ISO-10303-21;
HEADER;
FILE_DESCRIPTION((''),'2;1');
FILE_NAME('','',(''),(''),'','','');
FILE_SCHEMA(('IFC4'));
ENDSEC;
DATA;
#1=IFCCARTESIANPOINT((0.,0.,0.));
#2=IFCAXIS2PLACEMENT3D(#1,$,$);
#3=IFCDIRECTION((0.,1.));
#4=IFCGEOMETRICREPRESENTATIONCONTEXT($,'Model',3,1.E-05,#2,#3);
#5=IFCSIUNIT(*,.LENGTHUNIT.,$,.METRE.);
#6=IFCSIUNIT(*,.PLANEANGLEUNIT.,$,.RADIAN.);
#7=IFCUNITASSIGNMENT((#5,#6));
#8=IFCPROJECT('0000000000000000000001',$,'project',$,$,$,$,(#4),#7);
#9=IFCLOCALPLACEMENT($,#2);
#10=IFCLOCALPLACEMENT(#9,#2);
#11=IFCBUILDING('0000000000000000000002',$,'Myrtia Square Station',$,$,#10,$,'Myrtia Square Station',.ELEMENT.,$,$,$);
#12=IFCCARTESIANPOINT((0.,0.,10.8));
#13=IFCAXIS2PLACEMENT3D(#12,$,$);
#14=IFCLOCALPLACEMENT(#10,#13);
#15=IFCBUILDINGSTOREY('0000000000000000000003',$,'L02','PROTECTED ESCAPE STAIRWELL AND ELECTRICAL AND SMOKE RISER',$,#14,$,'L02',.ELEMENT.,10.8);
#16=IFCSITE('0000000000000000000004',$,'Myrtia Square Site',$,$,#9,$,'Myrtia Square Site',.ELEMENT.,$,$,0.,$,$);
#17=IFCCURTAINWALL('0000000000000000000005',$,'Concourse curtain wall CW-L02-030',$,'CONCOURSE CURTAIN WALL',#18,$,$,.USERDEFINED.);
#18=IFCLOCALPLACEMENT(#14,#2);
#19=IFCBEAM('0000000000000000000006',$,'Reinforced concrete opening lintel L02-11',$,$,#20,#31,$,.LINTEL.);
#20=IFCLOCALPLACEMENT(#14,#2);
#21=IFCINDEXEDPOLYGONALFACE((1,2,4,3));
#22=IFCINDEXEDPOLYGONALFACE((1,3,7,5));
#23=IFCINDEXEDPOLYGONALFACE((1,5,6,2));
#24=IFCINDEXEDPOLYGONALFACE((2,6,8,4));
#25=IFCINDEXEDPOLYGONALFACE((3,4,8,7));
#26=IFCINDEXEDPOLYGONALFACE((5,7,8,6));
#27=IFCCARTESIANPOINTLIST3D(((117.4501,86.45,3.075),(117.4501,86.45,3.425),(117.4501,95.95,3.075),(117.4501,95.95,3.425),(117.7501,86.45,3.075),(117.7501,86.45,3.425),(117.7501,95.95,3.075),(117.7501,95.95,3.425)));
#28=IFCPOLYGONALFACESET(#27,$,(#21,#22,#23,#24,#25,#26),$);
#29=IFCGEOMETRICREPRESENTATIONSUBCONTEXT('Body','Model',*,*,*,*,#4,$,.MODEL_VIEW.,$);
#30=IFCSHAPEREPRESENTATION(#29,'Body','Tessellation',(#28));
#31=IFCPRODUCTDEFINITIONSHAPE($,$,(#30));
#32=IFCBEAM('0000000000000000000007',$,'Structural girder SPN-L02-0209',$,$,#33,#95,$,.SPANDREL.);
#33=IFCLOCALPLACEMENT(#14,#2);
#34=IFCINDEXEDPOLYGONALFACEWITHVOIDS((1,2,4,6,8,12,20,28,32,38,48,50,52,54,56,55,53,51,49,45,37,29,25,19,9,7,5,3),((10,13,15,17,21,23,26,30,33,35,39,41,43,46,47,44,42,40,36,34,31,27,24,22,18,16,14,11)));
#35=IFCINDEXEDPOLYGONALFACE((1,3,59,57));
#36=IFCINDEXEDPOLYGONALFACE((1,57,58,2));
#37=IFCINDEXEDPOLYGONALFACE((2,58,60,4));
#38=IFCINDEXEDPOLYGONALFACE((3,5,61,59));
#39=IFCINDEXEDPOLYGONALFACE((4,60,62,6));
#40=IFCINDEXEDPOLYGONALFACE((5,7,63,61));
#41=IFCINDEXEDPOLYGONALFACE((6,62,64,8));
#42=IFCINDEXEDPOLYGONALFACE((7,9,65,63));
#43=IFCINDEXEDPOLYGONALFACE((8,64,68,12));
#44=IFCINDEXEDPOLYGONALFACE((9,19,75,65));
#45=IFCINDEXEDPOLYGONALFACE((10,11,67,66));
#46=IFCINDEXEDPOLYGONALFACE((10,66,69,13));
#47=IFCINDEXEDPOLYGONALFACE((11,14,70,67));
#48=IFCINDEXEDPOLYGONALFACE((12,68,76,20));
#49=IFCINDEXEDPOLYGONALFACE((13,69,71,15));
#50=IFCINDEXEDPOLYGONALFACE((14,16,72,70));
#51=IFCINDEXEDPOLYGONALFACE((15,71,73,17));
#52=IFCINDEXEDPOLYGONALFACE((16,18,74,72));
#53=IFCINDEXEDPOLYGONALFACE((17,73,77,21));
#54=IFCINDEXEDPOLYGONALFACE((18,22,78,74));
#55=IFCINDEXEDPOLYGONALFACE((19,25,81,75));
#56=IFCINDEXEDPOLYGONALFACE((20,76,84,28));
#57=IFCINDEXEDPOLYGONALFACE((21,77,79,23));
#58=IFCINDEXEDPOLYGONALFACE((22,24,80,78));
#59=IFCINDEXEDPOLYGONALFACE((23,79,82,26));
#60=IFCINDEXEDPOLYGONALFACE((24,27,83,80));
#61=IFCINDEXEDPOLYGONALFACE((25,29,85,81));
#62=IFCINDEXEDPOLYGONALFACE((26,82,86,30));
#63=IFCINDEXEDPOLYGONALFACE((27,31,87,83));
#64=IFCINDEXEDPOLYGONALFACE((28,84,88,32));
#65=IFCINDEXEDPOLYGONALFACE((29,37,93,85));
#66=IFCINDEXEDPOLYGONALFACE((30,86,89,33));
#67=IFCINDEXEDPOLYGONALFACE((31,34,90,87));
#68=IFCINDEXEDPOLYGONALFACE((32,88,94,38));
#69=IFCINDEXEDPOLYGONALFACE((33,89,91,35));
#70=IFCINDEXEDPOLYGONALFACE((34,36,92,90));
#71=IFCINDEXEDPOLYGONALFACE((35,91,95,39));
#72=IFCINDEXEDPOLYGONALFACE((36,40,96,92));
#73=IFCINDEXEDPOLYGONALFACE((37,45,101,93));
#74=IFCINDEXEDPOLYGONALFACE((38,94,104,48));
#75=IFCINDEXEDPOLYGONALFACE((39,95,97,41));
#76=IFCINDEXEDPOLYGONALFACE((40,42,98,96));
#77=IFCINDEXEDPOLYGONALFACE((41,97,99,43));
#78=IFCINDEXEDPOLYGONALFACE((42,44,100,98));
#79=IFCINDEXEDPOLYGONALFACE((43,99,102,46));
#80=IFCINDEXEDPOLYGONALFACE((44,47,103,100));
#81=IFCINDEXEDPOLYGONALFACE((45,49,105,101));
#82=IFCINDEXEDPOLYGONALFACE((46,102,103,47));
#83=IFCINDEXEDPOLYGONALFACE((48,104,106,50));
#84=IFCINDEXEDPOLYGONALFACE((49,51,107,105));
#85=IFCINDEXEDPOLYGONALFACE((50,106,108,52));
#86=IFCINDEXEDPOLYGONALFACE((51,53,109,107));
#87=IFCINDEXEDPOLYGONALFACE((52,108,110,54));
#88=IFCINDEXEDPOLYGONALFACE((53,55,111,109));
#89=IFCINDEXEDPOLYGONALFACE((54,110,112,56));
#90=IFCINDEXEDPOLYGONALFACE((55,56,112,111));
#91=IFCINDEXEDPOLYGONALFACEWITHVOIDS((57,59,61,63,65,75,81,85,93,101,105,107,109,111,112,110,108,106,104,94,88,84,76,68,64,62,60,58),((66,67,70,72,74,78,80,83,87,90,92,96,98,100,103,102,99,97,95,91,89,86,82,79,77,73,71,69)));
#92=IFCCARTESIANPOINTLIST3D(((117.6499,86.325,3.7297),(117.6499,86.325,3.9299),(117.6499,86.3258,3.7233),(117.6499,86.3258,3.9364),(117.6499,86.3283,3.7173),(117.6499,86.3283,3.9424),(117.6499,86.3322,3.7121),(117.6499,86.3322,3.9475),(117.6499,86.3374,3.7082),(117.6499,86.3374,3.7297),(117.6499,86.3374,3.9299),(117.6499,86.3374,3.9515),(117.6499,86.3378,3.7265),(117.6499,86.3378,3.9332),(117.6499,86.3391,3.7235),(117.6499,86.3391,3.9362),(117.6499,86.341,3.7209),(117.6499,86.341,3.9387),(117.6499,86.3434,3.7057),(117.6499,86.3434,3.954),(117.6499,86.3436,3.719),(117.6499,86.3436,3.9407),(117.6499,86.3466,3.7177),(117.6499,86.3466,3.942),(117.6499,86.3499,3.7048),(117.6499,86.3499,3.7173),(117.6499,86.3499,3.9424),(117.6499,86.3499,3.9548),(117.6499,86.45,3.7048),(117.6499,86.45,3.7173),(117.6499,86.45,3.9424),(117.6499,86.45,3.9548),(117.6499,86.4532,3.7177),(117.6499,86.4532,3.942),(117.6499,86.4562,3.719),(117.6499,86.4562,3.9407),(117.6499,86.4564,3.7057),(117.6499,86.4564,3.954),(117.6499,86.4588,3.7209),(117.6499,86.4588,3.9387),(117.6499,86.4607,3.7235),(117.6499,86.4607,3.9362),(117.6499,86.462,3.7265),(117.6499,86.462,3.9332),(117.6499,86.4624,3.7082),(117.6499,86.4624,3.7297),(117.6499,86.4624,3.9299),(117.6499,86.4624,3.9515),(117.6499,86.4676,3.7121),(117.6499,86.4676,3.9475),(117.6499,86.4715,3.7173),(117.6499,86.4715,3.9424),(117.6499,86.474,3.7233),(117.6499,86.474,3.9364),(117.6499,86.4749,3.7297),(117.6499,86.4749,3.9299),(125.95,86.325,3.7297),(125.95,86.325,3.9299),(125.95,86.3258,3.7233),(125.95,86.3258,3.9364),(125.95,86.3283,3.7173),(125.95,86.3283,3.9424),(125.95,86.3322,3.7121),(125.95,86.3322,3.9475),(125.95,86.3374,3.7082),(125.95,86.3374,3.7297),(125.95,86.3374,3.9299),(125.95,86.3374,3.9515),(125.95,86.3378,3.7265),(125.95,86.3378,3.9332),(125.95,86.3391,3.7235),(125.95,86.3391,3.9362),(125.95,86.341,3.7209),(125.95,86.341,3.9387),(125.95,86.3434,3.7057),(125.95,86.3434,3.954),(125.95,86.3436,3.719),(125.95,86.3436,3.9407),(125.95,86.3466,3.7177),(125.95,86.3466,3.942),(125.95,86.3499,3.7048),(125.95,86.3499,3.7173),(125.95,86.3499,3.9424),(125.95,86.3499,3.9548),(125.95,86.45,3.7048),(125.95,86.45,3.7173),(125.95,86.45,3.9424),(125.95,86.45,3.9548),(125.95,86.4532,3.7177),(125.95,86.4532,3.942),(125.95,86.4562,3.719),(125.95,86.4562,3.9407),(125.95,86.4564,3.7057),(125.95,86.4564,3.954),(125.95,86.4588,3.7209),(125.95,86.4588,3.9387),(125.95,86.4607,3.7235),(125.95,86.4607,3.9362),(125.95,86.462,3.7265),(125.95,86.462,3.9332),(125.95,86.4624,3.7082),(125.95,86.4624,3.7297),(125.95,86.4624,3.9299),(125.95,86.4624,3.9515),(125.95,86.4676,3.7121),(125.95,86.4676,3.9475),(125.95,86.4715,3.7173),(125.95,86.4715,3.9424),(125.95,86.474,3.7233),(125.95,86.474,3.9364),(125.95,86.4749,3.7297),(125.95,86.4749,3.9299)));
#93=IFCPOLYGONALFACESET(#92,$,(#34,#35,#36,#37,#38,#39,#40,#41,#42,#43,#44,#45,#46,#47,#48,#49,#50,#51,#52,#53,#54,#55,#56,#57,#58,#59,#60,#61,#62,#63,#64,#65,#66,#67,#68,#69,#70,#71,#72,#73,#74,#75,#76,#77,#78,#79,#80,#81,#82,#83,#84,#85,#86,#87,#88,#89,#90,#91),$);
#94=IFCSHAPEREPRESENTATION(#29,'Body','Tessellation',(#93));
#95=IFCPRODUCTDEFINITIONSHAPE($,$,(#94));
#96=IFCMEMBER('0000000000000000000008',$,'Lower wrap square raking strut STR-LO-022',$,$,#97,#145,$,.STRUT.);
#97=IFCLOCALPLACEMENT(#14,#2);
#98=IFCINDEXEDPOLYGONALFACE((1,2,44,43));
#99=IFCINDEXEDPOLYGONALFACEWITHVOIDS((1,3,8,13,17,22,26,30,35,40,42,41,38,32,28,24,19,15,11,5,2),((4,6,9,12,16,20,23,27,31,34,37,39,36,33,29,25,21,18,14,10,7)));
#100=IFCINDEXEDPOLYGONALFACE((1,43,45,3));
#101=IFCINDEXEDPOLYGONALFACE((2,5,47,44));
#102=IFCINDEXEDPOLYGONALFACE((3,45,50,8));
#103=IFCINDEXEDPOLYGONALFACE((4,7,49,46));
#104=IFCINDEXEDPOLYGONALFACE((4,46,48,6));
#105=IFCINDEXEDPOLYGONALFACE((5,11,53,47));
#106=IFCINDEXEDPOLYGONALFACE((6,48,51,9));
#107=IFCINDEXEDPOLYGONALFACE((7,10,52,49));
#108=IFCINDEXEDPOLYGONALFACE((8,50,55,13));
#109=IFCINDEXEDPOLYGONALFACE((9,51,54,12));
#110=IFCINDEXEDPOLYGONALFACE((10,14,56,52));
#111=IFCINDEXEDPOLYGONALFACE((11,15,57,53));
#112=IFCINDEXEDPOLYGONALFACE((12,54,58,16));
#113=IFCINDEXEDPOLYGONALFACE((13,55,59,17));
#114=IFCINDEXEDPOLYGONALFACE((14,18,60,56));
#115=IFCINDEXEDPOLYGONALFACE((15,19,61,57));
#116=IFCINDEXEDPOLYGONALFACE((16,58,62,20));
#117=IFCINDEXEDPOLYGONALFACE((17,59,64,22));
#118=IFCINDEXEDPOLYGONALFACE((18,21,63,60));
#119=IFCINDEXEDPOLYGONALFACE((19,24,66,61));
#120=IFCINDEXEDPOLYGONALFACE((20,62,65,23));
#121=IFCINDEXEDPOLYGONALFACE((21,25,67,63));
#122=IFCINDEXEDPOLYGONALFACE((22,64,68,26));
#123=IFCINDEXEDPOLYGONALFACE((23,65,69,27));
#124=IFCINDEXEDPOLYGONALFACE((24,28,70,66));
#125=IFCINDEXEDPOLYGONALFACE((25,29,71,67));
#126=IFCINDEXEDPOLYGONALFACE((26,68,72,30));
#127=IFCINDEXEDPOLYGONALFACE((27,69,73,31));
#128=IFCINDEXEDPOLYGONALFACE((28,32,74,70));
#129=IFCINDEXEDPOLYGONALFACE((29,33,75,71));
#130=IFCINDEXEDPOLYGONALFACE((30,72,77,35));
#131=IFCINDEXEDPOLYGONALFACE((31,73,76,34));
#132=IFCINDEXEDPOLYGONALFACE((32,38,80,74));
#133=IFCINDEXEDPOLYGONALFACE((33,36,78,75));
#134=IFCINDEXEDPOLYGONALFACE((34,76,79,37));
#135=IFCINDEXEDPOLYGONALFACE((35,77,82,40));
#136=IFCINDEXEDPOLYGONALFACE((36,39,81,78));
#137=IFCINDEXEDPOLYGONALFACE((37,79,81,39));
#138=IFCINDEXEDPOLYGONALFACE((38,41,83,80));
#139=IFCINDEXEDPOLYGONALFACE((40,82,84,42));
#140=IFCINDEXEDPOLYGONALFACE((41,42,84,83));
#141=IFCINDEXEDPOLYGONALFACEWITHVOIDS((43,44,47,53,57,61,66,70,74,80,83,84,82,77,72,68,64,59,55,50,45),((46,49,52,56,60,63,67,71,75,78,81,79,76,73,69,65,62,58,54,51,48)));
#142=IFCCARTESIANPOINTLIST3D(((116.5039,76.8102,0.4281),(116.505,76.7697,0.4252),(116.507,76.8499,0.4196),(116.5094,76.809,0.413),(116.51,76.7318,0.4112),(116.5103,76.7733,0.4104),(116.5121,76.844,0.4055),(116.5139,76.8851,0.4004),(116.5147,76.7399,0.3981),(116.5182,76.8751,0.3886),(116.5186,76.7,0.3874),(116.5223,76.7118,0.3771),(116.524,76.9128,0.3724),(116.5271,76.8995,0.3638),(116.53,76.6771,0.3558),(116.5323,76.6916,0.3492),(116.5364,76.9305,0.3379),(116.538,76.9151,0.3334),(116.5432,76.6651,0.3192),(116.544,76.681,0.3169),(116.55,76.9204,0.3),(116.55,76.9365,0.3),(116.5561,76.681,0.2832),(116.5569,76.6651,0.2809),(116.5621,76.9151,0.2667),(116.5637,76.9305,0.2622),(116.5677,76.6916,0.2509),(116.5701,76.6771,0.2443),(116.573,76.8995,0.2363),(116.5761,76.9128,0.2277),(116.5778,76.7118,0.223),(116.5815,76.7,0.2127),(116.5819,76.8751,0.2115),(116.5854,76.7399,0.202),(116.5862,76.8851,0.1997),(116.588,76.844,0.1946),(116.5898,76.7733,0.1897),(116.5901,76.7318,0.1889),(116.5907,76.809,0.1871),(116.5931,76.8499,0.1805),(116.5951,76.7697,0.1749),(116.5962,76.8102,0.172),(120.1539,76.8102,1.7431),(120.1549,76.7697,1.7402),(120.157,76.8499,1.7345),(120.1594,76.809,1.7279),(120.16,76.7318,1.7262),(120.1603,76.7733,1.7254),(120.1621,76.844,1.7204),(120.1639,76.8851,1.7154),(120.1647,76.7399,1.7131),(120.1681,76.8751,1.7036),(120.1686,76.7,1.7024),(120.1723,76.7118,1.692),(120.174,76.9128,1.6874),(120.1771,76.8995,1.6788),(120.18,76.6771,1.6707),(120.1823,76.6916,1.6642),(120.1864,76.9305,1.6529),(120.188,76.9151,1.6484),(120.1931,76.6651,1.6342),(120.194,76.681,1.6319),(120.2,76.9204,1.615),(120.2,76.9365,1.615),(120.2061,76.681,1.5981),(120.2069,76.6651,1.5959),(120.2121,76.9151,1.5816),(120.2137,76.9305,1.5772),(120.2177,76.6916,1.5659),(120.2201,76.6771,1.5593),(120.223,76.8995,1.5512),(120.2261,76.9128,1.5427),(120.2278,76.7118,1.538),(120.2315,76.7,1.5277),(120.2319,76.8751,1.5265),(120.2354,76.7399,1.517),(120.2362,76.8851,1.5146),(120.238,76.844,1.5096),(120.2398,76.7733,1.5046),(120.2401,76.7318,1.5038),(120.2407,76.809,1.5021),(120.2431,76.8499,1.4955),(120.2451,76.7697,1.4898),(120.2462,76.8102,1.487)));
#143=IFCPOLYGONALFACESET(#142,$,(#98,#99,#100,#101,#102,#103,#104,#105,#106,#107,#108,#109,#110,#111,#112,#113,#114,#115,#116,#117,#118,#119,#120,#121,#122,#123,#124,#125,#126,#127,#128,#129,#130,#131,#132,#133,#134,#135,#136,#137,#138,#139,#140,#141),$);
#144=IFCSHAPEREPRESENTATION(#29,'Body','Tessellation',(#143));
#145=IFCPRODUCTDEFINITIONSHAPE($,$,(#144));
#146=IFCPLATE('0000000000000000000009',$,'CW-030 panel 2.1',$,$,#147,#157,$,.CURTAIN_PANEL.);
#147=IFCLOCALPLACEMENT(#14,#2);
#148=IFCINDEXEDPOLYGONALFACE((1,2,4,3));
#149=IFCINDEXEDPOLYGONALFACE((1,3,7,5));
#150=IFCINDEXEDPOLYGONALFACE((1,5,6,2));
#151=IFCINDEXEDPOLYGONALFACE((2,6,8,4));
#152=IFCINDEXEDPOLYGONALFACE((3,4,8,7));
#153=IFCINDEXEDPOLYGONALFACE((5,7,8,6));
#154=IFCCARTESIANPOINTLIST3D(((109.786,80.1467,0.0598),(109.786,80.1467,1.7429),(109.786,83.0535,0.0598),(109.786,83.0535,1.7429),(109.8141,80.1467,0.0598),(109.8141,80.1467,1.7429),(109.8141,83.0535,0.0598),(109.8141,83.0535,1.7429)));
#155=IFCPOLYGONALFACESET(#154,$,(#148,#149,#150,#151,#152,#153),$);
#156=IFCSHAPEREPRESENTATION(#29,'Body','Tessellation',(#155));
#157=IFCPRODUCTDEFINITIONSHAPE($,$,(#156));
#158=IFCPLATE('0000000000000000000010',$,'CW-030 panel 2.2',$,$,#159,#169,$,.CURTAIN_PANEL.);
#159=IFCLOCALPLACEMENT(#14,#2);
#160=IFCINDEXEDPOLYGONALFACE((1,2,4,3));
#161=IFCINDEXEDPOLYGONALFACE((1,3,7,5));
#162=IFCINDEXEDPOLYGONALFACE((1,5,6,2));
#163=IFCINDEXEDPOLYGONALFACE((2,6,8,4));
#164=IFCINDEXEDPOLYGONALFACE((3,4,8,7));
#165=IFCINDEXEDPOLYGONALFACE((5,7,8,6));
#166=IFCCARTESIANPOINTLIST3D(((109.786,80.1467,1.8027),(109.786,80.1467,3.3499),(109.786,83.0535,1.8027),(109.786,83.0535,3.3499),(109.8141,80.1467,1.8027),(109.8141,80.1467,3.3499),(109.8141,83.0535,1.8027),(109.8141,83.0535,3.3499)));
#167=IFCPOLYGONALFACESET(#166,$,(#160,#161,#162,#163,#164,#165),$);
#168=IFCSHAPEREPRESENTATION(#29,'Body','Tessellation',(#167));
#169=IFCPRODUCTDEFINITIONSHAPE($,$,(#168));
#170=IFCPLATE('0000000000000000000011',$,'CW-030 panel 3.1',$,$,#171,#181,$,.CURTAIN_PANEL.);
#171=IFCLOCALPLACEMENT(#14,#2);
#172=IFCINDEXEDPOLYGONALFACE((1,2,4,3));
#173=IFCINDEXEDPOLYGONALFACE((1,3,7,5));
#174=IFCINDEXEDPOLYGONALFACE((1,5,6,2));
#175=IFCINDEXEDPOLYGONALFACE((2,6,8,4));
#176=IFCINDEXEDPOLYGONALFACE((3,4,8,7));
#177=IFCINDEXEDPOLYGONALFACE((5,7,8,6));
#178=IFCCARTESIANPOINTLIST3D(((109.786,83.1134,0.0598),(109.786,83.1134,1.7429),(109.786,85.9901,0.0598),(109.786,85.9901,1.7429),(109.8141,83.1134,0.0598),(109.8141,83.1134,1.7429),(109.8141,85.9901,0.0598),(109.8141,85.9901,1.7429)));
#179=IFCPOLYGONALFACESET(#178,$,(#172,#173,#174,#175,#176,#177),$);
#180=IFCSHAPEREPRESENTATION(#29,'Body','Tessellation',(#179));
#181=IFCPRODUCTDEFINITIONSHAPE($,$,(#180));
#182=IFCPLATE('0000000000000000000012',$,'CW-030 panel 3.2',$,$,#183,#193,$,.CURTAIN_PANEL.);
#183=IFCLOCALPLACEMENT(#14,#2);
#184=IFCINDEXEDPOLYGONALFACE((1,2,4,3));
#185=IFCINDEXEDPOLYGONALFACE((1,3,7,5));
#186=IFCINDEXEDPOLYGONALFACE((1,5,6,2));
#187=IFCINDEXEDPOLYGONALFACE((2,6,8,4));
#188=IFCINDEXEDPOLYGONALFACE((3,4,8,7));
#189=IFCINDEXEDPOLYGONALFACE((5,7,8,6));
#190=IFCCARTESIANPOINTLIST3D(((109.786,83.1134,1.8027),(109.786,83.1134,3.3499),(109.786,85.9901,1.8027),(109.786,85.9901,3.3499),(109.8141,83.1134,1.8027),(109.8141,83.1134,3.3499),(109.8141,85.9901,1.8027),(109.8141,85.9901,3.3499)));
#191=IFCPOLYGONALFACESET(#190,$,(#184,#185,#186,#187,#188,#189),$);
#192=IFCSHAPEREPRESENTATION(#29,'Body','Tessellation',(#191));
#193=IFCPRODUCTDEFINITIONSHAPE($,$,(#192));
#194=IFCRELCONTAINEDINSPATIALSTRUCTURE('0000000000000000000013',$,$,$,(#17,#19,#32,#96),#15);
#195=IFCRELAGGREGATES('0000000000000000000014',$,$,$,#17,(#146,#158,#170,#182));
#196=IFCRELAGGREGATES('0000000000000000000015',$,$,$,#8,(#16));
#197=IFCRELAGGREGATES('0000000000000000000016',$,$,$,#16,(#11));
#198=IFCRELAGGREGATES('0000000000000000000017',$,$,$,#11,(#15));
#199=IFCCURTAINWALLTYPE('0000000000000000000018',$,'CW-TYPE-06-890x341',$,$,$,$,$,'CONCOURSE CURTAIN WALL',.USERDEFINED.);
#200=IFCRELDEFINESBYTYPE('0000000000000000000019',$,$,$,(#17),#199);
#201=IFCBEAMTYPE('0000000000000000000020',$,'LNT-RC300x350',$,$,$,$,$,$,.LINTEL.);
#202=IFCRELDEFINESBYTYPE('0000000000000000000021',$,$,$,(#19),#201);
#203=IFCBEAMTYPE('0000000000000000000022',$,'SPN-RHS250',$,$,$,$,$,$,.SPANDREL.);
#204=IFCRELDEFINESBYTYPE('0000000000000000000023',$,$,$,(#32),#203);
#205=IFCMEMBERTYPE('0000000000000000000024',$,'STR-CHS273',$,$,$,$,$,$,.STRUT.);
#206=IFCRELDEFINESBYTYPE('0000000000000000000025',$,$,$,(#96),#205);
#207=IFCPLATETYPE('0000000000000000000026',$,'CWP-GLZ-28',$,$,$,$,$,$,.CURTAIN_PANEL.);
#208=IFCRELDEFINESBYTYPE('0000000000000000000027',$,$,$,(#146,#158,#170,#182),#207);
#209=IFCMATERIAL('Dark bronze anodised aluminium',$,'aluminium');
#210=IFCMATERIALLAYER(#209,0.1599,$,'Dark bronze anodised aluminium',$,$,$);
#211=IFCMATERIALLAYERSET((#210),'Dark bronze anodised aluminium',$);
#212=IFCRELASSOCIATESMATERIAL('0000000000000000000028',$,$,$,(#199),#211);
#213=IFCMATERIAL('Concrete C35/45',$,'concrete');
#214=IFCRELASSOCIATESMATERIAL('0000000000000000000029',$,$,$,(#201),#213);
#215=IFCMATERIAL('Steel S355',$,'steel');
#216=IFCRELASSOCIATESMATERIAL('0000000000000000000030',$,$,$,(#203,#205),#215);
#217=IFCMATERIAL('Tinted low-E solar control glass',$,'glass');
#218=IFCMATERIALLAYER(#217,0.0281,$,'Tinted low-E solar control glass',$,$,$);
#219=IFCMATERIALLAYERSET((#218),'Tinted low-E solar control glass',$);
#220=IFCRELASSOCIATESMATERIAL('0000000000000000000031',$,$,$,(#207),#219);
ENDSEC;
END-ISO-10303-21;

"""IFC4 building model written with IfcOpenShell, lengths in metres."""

from ifc_helpers import new_model, si_unit, direction, frame, origin, origin_2d, place, context, subcontext, project, spatial, rectangle, hollow_rectangle, hollow_circle, extrude, material, layer, layer_set, material_profile, profile_set, type_object, element, aggregate, save


model = new_model("IFC4")

# Units and contexts
model_context = context("Model", 3, precision=1e-05, world=origin(), true_north=direction((0.0, 1.0)))
body_context = subcontext(model_context, "Body", "Model", "MODEL_VIEW")
ifc_project = project(units=[si_unit("LENGTHUNIT", "METRE"), si_unit("PLANEANGLEUNIT", "RADIAN")], contexts=[model_context])

# Site, building, storey
site_placement = place(None, origin())
site = spatial("IfcSite", under=ifc_project, at=site_placement, Name="Myrtia Square Site", LongName="Myrtia Square Site", CompositionType="ELEMENT", RefElevation=0.0)
building_placement = place(site_placement, origin())
building = spatial("IfcBuilding", under=site, at=building_placement, Name="Myrtia Square Station", LongName="Myrtia Square Station", CompositionType="ELEMENT")
storey_placement = place(building_placement, frame((0.0, 0.0, 10.8)))
storey = spatial("IfcBuildingStorey", under=building, at=storey_placement, Name="L02", Description="PROTECTED ESCAPE STAIRWELL AND ELECTRICAL AND SMOKE RISER", LongName="L02", CompositionType="ELEMENT", Elevation=10.8)

# Shared definitions
ifc_material_1 = material(Name="Steel S355", Category="steel")

# Curtain wall
ifc_material_2 = material(Name="Dark bronze anodised aluminium", Category="aluminium")
ifc_layer_1 = layer(ifc_material_2, 0.1599, Name="Dark bronze anodised aluminium")
ifc_layer_set_1 = layer_set([ifc_layer_1], Name="Dark bronze anodised aluminium")
curtain_wall_type = type_object("IfcCurtainWallType", Name="CW-TYPE-06-890x341", ElementType="CONCOURSE CURTAIN WALL", PredefinedType="USERDEFINED", material=ifc_layer_set_1)
curtain_wall_placement = place(storey_placement, origin())
curtain_wall = element("IfcCurtainWall", 1, at=curtain_wall_placement, inside=storey, type_object=curtain_wall_type, Name="Concourse curtain wall CW-L02-030", ObjectType="CONCOURSE CURTAIN WALL", PredefinedType="USERDEFINED")

# Beams
ifc_material_3 = material(Name="Concrete C35/45", Category="concrete")
ifc_material_profile_1 = material_profile(ifc_material_3, rectangle(XDim=0.3, YDim=0.3501, at=origin_2d()), Name="LNT 300x350")
ifc_profile_set_1 = profile_set([ifc_material_profile_1], Name="Concrete C35/45")
beam_type_1 = type_object("IfcBeamType", Name="LNT-RC300x350", PredefinedType="LINTEL", material=ifc_profile_set_1)
beam_1_placement = place(storey_placement, frame((117.6001, 86.45, 3.25), z_axis=(0.0, 1.0, 0.0), x_axis=(-1.0, 0.0, 0.0)))
element("IfcBeam", 2, at=beam_1_placement, inside=storey, type_object=beam_type_1, Name="Reinforced concrete opening lintel L02-11", PredefinedType="LINTEL", context=body_context, shape_type="SweptSolid", body=[
    extrude(rectangle(XDim=0.3, YDim=0.3501, at=origin_2d()), origin(), (0.0, 0.0, 1.0), 9.5),
])
ifc_material_profile_2 = material_profile(ifc_material_1, hollow_rectangle(XDim=0.1499, YDim=0.25, WallThickness=0.0125, InnerFilletRadius=0.0125, OuterFilletRadius=0.0249, at=origin_2d()), Name="RHS 250x150x12.5")
ifc_profile_set_2 = profile_set([ifc_material_profile_2], Name="Steel S355")
beam_type_2 = type_object("IfcBeamType", Name="SPN-RHS250", PredefinedType="SPANDREL", material=ifc_profile_set_2)
beam_2_placement = place(storey_placement, frame((117.6499, 86.3999, 3.8298), z_axis=(1.0, 0.0, 0.0), x_axis=(0.0, 1.0, 0.0)))
element("IfcBeam", 3, at=beam_2_placement, inside=storey, type_object=beam_type_2, Name="Structural girder SPN-L02-0209", PredefinedType="SPANDREL", context=body_context, shape_type="SweptSolid", body=[
    extrude(hollow_rectangle(XDim=0.1499, YDim=0.25, WallThickness=0.0125, InnerFilletRadius=0.0125, OuterFilletRadius=0.0249, at=origin_2d()), origin(), (0.0, 0.0, 1.0), 8.3),
])

# Member
ifc_material_profile_3 = material_profile(ifc_material_1, hollow_circle(Radius=0.1365, WallThickness=0.0161, at=origin_2d()), Name="CHS 273x16")
ifc_profile_set_3 = profile_set([ifc_material_profile_3], Name="Steel S355")
member_type_1 = type_object("IfcMemberType", Name="STR-CHS273", PredefinedType="STRUT", material=ifc_profile_set_3)
member_1_placement = place(storey_placement, frame((116.55, 76.8, 0.3), z_axis=(0.940807, 0.0, 0.338942), x_axis=(0.0, 1.0, 0.0)))
element("IfcMember", 4, at=member_1_placement, inside=storey, type_object=member_type_1, Name="Lower wrap square raking strut STR-LO-022", PredefinedType="STRUT", context=body_context, shape_type="SweptSolid", body=[
    extrude(hollow_circle(Radius=0.1365, WallThickness=0.0161, at=origin_2d()), origin(), (0.0, 0.0, 1.0), 3.8796),
])

# Plates
ifc_material_4 = material(Name="Tinted low-E solar control glass", Category="glass")
ifc_layer_2 = layer(ifc_material_4, 0.0281, Name="Tinted low-E solar control glass")
ifc_layer_set_2 = layer_set([ifc_layer_2], Name="Tinted low-E solar control glass")
plate_type_1 = type_object("IfcPlateType", Name="CWP-GLZ-28", PredefinedType="CURTAIN_PANEL", material=ifc_layer_set_2)
plate_1_placement = place(storey_placement, frame((109.8, 81.6001, 0.0598), z_axis=(0.0, 0.0, 1.0), x_axis=(0.0, 1.0, 0.0)))
plate_1 = element("IfcPlate", 5, at=plate_1_placement, type_object=plate_type_1, Name="CW-030 panel 2.1", PredefinedType="CURTAIN_PANEL", context=body_context, shape_type="SweptSolid", body=[
    extrude(rectangle(XDim=2.9067, YDim=0.0281, at=origin_2d()), origin(), (0.0, 0.0, 1.0), 1.6831),
])
plate_2_placement = place(storey_placement, frame((109.8, 81.6001, 1.8027), z_axis=(0.0, 0.0, 1.0), x_axis=(0.0, 1.0, 0.0)))
plate_2 = element("IfcPlate", 6, at=plate_2_placement, type_object=plate_type_1, Name="CW-030 panel 2.2", PredefinedType="CURTAIN_PANEL", context=body_context, shape_type="SweptSolid", body=[
    extrude(rectangle(XDim=2.9067, YDim=0.0281, at=origin_2d()), origin(), (0.0, 0.0, 1.0), 1.5471),
])
plate_3_placement = place(storey_placement, frame((109.8, 84.5518, 0.0598), z_axis=(0.0, 0.0, 1.0), x_axis=(0.0, 1.0, 0.0)))
plate_3 = element("IfcPlate", 7, at=plate_3_placement, type_object=plate_type_1, Name="CW-030 panel 3.1", PredefinedType="CURTAIN_PANEL", context=body_context, shape_type="SweptSolid", body=[
    extrude(rectangle(XDim=2.8767, YDim=0.0281, at=origin_2d()), origin(), (0.0, 0.0, 1.0), 1.6831),
])
plate_4_placement = place(storey_placement, frame((109.8, 84.5518, 1.8027), z_axis=(0.0, 0.0, 1.0), x_axis=(0.0, 1.0, 0.0)))
plate_4 = element("IfcPlate", 8, at=plate_4_placement, type_object=plate_type_1, Name="CW-030 panel 3.2", PredefinedType="CURTAIN_PANEL", context=body_context, shape_type="SweptSolid", body=[
    extrude(rectangle(XDim=2.8767, YDim=0.0281, at=origin_2d()), origin(), (0.0, 0.0, 1.0), 1.5471),
])
aggregate(curtain_wall, [plate_1, plate_2, plate_3, plate_4])

save(model, "model.ifc")
